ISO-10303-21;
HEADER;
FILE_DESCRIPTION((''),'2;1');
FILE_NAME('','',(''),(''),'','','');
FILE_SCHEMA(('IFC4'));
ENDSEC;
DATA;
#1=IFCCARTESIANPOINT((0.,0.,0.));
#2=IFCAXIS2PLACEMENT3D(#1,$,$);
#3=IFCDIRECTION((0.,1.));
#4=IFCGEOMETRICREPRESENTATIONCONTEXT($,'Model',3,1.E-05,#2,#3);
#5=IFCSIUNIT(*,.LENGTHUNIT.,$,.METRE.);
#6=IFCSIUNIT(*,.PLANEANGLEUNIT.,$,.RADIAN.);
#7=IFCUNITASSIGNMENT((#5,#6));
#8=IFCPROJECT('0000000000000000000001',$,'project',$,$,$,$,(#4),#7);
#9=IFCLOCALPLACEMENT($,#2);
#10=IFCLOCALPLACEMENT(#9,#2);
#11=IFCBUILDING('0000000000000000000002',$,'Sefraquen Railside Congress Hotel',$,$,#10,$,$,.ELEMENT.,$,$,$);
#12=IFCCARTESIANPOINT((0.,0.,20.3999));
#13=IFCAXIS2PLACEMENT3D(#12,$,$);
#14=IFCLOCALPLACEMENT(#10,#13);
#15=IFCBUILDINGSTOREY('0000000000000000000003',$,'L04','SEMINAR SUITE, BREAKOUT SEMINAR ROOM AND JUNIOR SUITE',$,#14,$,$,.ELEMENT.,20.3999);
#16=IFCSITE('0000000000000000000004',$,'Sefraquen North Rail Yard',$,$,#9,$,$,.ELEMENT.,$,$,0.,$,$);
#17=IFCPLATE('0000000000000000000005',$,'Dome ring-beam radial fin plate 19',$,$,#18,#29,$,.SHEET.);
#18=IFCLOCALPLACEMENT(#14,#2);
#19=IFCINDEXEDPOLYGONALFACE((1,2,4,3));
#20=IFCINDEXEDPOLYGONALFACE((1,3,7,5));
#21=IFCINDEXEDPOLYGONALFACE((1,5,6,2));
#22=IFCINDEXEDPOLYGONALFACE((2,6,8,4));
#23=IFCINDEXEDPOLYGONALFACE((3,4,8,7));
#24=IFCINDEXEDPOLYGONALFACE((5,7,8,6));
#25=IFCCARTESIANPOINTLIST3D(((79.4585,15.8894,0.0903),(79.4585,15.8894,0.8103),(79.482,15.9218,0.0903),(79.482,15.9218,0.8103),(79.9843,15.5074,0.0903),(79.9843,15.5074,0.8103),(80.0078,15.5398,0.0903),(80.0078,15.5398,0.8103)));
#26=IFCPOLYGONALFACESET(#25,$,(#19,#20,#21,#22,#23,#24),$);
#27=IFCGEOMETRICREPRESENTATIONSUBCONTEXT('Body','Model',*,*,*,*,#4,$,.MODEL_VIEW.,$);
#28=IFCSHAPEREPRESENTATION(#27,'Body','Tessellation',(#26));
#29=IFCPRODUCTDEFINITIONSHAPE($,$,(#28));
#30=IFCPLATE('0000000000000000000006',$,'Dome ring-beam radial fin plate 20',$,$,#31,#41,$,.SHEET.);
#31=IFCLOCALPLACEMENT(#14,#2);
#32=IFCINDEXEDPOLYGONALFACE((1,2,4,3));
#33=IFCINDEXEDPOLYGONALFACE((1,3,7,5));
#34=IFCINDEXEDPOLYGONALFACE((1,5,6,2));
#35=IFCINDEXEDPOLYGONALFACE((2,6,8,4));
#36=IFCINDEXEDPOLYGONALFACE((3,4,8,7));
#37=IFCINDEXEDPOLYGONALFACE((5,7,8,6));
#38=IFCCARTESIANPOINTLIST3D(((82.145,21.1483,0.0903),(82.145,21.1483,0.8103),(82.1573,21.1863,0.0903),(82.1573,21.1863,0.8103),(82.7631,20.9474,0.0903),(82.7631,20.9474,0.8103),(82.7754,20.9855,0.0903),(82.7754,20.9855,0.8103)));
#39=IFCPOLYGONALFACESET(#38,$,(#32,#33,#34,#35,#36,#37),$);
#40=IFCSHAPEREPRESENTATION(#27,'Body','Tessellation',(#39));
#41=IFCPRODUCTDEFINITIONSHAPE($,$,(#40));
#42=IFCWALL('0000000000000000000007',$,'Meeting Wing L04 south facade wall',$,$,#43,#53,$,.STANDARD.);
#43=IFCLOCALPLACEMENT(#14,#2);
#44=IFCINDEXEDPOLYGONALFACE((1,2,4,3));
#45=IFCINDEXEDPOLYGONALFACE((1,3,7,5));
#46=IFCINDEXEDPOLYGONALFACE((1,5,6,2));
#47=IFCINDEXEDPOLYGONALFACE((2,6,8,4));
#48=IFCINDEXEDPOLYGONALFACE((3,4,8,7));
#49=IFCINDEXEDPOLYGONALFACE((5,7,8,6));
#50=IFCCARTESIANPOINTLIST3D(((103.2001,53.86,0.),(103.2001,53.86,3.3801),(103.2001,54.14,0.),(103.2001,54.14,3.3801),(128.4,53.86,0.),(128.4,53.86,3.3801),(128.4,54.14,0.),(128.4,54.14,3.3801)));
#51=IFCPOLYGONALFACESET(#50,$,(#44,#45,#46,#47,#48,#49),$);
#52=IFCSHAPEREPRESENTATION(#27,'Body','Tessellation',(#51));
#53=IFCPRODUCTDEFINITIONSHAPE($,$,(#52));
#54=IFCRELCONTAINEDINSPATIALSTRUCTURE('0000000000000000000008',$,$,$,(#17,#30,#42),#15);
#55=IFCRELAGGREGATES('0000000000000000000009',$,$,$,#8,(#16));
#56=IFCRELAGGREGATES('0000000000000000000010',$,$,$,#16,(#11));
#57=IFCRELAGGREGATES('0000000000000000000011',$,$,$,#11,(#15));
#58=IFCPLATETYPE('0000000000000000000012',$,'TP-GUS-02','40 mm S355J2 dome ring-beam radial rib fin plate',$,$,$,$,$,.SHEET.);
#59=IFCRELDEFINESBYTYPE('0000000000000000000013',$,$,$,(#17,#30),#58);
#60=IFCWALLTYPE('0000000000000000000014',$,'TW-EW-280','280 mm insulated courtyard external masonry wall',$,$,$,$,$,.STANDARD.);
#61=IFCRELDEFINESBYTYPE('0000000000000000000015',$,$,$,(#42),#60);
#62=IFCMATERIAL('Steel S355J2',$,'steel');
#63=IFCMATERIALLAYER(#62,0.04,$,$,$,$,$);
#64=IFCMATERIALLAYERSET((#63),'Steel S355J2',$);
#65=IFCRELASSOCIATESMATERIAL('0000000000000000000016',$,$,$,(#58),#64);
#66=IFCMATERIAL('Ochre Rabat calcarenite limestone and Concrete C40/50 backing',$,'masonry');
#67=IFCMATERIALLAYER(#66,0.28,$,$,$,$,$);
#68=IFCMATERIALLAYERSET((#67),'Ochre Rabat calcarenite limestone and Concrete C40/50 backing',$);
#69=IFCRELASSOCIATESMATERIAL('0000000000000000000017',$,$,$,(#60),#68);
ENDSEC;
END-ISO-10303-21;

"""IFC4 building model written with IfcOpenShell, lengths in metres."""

from ifc_helpers import new_model, si_unit, direction, frame, frame_2d, origin, origin_2d, place, context, subcontext, project, spatial, rectangle, extrude, material, layer, layer_set, type_object, element, save


model = new_model("IFC4")

# Units and contexts
model_context = context("Model", 3, precision=1e-05, world=origin(), true_north=direction((0.0, 1.0)))
body_context = subcontext(model_context, "Body", "Model", "MODEL_VIEW")
ifc_project = project(units=[si_unit("LENGTHUNIT", "METRE"), si_unit("PLANEANGLEUNIT", "RADIAN")], contexts=[model_context])

# Site, building, storey
site_placement = place(None, origin())
site = spatial("IfcSite", under=ifc_project, at=site_placement, Name="Sefraquen North Rail Yard", CompositionType="ELEMENT", RefElevation=0.0)
building_placement = place(site_placement, origin())
building = spatial("IfcBuilding", under=site, at=building_placement, Name="Sefraquen Railside Congress Hotel", CompositionType="ELEMENT")
storey_placement = place(building_placement, frame((0.0, 0.0, 20.3999)))
storey = spatial("IfcBuildingStorey", under=building, at=storey_placement, Name="L04", Description="SEMINAR SUITE, BREAKOUT SEMINAR ROOM AND JUNIOR SUITE", CompositionType="ELEMENT", Elevation=20.3999)

# Shared definitions
ifc_material_1 = material(Name="Steel S355J2", Category="steel")

# Plates
ifc_layer_1 = layer(ifc_material_1, 0.04)
ifc_layer_set_1 = layer_set([ifc_layer_1], Name="Steel S355J2")
plate_type_1 = type_object("IfcPlateType", Name="TP-GUS-02", Description="40 mm S355J2 dome ring-beam radial rib fin plate", PredefinedType="SHEET", material=ifc_layer_set_1)
for number, where, z_axis, x_axis, name in (
    (1, (79.7332, 15.7146, 0.0903), (0.0, 0.0, 1.0), (0.809017, -0.587785, 0.0), "Dome ring-beam radial fin plate 19"),
    (2, (82.4602, 21.0669, 0.0903), (0.0, 0.0, 1.0), (0.951057, -0.309017, 0.0), "Dome ring-beam radial fin plate 20"),
):
    element("IfcPlate", number, at=place(storey_placement, frame(where, z_axis=z_axis, x_axis=x_axis)), inside=storey, type_object=plate_type_1, Name=name, PredefinedType="SHEET", context=body_context, shape_type="SweptSolid", body=[
        extrude(rectangle(XDim=0.6499, YDim=0.04, at=origin_2d()), origin(), (0.0, 0.0, 1.0), 0.72),
    ])

# Wall
ifc_material_2 = material(Name="Ochre Rabat calcarenite limestone and Concrete C40/50 backing", Category="masonry")
ifc_layer_2 = layer(ifc_material_2, 0.28)
ifc_layer_set_2 = layer_set([ifc_layer_2], Name="Ochre Rabat calcarenite limestone and Concrete C40/50 backing")
wall_type = type_object("IfcWallType", Name="TW-EW-280", Description="280 mm insulated courtyard external masonry wall", PredefinedType="STANDARD", material=ifc_layer_set_2)
wall_placement = place(storey_placement, frame((103.2, 54.0, 0.0), z_axis=(0.0, 0.0, 1.0), x_axis=(1.0, 0.0, 0.0)))
element("IfcWall", 3, at=wall_placement, inside=storey, type_object=wall_type, Name="Meeting Wing L04 south facade wall", PredefinedType="STANDARD", context=body_context, shape_type="SweptSolid", body=[
    extrude(rectangle(XDim=25.2, YDim=0.28, at=frame_2d((12.6001, 0.0))), origin(), (0.0, 0.0, 1.0), 3.3801),
])

save(model, "model.ifc")
